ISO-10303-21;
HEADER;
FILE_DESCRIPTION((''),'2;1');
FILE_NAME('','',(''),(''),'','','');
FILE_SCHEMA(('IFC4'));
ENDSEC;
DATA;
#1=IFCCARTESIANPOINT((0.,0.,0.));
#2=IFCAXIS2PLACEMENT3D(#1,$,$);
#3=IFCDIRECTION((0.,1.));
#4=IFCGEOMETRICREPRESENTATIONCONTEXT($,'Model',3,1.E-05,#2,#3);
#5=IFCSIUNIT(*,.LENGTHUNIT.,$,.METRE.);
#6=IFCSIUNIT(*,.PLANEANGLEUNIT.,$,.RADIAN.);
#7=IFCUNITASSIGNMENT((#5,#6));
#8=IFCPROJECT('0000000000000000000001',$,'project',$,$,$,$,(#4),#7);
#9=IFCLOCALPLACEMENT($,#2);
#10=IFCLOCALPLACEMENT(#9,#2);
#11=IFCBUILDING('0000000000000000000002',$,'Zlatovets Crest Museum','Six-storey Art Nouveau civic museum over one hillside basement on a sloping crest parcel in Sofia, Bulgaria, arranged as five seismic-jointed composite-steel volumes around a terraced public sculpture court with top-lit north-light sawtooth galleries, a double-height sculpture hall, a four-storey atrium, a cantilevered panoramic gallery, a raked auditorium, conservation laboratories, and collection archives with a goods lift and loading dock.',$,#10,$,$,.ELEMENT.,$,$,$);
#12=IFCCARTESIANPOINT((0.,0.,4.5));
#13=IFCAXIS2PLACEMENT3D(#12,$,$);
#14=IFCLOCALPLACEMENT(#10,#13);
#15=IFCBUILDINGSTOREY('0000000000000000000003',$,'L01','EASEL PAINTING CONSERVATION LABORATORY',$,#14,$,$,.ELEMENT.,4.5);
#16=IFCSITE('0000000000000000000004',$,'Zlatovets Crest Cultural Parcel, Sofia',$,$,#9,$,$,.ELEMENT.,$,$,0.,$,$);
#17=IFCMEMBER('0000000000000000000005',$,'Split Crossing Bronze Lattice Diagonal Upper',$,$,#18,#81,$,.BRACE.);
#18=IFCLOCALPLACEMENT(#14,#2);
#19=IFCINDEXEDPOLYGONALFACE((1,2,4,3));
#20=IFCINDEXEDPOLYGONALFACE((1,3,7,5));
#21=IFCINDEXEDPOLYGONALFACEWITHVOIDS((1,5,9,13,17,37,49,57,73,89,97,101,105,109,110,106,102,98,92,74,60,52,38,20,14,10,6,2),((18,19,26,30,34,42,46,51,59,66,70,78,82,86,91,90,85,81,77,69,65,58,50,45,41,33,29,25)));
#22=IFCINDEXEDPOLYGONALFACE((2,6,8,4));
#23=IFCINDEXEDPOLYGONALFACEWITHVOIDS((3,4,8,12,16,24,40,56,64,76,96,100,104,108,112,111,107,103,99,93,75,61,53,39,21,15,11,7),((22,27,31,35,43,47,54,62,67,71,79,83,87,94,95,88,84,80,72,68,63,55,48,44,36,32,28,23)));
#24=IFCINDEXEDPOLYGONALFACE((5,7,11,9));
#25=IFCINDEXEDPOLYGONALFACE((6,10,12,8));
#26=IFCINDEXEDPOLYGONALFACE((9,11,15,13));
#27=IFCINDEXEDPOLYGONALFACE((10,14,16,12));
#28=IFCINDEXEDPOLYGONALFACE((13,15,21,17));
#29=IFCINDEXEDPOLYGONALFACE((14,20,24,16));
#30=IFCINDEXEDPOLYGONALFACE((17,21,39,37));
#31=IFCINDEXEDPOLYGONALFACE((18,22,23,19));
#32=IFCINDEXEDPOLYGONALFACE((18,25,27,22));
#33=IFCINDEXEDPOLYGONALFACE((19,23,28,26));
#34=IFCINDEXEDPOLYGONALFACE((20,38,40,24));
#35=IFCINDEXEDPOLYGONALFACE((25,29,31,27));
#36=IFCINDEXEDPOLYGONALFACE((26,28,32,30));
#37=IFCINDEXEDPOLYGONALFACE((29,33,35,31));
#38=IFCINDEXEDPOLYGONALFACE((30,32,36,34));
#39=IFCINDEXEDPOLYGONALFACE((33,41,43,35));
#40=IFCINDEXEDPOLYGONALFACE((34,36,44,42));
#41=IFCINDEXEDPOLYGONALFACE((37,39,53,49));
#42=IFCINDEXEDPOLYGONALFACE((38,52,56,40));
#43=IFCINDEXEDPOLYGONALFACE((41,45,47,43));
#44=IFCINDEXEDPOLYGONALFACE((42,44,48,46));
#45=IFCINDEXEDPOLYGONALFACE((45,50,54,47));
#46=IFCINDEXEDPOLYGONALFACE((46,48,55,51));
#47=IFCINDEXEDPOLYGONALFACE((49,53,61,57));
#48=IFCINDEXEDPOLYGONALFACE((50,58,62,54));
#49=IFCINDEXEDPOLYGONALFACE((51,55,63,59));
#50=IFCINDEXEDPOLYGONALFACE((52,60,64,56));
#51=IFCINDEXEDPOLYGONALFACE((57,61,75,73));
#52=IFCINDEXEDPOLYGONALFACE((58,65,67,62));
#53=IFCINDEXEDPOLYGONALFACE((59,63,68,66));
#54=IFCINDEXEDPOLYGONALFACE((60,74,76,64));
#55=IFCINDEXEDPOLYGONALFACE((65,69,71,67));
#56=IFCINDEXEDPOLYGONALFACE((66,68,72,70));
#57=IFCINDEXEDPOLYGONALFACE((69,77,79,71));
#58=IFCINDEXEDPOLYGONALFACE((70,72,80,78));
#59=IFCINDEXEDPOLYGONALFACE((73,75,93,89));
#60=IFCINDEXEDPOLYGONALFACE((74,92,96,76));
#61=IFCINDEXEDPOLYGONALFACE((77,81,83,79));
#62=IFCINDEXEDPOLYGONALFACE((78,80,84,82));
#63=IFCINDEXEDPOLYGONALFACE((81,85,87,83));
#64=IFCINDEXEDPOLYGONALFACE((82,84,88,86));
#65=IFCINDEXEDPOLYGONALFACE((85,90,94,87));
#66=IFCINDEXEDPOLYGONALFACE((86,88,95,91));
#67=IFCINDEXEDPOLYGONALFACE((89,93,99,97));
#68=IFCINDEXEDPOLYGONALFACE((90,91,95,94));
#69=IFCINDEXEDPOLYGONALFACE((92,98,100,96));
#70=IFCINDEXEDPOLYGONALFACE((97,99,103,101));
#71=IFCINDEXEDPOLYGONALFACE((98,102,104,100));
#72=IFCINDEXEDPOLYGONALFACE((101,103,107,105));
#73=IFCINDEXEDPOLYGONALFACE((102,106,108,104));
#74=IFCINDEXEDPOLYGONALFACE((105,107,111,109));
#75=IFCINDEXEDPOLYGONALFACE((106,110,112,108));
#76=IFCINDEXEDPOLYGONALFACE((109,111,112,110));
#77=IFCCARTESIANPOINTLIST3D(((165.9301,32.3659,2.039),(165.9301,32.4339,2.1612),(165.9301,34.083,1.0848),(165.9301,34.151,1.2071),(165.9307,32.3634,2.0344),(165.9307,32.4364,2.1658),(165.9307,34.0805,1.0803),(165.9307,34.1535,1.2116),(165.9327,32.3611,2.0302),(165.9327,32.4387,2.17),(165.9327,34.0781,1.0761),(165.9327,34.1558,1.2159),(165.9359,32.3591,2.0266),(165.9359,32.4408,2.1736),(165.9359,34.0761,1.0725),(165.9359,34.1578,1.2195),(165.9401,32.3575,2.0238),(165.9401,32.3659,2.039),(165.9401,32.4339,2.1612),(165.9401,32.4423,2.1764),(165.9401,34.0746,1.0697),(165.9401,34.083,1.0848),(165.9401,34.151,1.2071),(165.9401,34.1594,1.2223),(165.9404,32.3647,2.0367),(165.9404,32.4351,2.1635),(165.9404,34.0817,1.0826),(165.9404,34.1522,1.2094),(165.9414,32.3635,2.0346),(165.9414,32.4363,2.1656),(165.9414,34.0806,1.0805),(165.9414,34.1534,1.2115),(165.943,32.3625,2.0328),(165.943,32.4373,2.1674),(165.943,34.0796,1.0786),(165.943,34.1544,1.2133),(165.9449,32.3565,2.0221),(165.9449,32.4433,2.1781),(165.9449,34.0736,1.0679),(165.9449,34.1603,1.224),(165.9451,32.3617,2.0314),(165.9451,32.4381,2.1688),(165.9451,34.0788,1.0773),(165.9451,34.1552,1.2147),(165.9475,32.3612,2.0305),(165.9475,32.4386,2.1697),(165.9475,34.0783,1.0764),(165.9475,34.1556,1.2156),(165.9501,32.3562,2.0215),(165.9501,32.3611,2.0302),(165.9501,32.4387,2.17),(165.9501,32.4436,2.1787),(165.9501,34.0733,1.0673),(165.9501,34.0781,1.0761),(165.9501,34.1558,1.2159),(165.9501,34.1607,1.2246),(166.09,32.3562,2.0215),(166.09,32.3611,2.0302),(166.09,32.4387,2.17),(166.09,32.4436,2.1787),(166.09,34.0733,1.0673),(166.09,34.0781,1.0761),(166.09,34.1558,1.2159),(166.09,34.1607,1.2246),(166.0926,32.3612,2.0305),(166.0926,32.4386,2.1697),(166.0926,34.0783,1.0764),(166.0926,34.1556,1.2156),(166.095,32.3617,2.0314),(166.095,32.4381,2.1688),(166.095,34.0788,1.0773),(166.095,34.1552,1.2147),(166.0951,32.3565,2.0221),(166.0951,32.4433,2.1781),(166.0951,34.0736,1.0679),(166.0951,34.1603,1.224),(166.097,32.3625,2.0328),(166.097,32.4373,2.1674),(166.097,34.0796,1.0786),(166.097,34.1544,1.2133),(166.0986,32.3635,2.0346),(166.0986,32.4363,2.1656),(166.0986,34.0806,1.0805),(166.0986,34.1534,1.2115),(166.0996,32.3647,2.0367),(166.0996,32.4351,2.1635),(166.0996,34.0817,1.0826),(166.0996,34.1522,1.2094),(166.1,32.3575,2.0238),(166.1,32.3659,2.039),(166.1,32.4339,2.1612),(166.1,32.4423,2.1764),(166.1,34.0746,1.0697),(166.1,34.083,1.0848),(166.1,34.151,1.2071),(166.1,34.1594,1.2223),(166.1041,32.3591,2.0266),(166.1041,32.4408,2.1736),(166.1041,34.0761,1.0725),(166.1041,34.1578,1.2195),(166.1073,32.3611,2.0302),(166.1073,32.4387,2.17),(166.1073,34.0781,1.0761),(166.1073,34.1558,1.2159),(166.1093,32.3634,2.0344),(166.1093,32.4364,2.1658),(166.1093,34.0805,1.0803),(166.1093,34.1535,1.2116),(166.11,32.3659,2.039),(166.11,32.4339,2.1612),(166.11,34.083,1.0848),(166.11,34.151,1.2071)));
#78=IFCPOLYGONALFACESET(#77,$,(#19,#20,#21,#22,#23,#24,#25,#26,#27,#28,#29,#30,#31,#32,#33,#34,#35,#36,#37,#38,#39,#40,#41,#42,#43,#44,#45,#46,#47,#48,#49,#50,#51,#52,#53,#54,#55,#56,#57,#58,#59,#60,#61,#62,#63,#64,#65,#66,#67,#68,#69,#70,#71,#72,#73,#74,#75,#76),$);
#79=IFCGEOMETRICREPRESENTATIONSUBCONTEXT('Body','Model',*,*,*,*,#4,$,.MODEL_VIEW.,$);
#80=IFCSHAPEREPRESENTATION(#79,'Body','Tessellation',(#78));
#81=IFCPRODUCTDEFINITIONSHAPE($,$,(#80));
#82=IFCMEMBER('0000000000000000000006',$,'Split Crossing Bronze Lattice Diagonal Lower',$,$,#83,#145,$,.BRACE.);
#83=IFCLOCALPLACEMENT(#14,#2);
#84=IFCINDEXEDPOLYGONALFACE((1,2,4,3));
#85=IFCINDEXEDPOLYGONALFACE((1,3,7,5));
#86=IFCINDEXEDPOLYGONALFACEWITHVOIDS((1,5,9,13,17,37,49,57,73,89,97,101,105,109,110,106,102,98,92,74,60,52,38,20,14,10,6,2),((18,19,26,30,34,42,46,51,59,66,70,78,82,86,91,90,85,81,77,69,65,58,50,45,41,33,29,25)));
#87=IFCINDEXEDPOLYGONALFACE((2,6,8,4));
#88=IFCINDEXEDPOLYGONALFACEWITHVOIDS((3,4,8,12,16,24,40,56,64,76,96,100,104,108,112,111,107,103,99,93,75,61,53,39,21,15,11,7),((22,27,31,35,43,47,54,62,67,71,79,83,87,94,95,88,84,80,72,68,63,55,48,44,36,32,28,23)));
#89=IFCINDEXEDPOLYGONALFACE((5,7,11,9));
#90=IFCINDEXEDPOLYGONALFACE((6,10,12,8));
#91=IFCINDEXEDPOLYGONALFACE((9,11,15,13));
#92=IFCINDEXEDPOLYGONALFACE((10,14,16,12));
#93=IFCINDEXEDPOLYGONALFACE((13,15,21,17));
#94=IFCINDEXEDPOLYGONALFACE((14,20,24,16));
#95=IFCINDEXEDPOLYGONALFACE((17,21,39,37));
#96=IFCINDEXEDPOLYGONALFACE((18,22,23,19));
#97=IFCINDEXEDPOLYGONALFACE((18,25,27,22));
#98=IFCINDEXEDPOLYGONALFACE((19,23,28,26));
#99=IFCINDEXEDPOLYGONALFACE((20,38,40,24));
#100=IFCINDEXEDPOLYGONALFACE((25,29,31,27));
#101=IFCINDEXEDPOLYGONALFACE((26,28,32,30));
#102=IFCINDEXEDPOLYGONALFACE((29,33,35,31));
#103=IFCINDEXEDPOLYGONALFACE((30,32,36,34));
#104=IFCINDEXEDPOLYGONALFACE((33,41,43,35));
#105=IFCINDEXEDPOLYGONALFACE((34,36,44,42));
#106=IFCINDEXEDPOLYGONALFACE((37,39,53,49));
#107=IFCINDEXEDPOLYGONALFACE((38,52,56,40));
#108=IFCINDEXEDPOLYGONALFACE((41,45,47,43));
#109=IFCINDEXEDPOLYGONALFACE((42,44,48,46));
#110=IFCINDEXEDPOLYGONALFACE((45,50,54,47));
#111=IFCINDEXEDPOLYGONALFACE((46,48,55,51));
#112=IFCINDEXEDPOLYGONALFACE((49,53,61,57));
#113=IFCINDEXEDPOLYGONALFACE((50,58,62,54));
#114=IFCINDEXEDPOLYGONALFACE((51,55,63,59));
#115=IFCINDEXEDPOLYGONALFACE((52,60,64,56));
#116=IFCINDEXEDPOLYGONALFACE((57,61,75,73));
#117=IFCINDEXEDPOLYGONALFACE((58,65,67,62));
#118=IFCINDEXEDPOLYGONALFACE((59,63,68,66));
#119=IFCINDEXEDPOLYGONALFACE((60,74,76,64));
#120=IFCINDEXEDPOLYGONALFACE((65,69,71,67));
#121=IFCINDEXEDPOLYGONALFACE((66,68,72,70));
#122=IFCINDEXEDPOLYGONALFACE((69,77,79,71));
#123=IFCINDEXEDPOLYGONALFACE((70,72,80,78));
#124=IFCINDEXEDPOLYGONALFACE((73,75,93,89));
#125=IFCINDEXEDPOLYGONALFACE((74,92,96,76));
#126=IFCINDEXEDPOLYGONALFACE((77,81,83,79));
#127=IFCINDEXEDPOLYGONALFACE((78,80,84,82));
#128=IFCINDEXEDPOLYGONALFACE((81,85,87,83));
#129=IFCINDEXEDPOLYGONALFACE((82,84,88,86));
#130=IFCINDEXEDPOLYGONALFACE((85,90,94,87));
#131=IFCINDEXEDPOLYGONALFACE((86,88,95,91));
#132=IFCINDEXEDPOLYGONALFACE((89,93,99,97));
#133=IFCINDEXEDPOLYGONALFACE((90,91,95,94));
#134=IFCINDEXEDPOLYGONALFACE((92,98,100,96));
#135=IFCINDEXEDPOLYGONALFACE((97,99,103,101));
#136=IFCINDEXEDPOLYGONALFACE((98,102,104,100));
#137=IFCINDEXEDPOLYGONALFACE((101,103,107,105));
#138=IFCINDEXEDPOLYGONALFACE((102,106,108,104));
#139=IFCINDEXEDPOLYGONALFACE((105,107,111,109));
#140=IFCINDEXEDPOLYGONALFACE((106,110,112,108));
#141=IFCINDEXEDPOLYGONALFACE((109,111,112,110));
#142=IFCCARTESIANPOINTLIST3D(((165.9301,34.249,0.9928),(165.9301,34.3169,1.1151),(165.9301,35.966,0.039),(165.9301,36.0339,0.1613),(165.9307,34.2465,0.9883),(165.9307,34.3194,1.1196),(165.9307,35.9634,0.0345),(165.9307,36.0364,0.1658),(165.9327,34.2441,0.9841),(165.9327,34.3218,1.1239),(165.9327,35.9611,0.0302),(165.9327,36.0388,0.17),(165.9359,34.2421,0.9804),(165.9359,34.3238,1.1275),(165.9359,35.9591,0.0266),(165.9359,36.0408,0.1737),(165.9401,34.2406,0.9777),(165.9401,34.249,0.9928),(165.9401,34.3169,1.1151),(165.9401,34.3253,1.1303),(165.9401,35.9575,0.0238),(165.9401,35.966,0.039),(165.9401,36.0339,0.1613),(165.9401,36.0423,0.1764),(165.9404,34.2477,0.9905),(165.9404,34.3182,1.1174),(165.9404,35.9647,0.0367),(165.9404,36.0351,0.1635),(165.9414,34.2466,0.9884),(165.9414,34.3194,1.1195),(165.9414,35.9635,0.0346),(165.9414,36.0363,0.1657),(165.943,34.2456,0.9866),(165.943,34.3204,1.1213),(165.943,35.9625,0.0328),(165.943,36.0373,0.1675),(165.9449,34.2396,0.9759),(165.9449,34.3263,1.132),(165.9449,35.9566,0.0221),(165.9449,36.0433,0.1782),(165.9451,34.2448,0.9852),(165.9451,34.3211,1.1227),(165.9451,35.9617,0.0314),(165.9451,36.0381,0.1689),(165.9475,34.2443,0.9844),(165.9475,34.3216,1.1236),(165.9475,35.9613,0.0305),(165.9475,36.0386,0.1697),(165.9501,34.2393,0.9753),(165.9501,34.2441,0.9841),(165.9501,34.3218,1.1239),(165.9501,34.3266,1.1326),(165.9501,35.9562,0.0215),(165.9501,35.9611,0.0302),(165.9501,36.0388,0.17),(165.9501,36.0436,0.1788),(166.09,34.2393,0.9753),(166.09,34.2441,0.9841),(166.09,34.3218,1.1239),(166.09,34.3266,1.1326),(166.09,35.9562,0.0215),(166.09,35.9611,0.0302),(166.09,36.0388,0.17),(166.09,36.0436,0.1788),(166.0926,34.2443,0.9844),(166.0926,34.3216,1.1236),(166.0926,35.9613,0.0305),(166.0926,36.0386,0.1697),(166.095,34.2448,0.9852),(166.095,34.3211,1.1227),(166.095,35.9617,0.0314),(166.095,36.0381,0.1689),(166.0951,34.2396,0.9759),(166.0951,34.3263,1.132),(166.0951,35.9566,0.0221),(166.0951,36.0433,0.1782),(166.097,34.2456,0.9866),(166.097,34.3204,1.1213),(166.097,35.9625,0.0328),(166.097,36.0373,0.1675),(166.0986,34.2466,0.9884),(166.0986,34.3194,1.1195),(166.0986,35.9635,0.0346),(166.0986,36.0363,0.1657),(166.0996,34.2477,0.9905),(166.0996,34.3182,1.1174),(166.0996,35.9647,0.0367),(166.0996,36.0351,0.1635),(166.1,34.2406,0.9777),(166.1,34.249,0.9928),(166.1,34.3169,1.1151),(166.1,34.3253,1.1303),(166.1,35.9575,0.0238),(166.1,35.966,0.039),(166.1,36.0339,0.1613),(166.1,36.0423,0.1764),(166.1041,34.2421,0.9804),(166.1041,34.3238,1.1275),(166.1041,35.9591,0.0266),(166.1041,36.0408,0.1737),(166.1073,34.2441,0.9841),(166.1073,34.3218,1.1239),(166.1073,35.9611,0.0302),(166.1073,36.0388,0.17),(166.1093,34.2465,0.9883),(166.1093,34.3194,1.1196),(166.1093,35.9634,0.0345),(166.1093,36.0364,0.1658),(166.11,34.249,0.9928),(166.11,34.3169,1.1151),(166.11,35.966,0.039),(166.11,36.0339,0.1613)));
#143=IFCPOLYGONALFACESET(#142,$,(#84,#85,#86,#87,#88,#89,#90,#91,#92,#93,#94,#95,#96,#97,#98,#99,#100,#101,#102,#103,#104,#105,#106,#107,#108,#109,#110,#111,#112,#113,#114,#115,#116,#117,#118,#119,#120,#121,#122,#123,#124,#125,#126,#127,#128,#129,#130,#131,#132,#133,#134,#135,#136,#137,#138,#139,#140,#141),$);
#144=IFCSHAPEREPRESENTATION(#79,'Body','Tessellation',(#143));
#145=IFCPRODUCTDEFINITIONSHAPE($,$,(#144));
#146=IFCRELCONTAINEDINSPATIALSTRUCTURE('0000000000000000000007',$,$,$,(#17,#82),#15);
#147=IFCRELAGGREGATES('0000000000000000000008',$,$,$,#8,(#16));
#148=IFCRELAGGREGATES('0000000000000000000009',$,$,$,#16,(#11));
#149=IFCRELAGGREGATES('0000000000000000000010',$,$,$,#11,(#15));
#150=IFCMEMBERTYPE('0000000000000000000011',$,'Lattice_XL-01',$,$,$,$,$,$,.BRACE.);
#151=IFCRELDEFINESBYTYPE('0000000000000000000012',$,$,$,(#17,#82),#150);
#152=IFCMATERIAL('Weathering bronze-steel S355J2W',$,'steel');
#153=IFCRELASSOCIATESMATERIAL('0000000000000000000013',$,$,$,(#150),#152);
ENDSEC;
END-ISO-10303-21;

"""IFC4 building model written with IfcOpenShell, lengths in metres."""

from ifc_helpers import new_model, si_unit, direction, frame, origin, origin_2d, place, context, subcontext, project, spatial, hollow_rectangle, extrude, material, material_profile, profile_set, type_object, element, save


model = new_model("IFC4")

# Units and contexts
model_context = context("Model", 3, precision=1e-05, world=origin(), true_north=direction((0.0, 1.0)))
body_context = subcontext(model_context, "Body", "Model", "MODEL_VIEW")
ifc_project = project(units=[si_unit("LENGTHUNIT", "METRE"), si_unit("PLANEANGLEUNIT", "RADIAN")], contexts=[model_context])

# Site, building, storey
site_placement = place(None, origin())
site = spatial("IfcSite", under=ifc_project, at=site_placement, Name="Zlatovets Crest Cultural Parcel, Sofia", CompositionType="ELEMENT", RefElevation=0.0)
building_placement = place(site_placement, origin())
building = spatial("IfcBuilding", under=site, at=building_placement, Name="Zlatovets Crest Museum", Description="Six-storey Art Nouveau civic museum over one hillside basement on a sloping crest parcel in Sofia, Bulgaria, arranged as five seismic-jointed composite-steel volumes around a terraced public sculpture court with top-lit north-light sawtooth galleries, a double-height sculpture hall, a four-storey atrium, a cantilevered panoramic gallery, a raked auditorium, conservation laboratories, and collection archives with a goods lift and loading dock.", CompositionType="ELEMENT")
storey_placement = place(building_placement, frame((0.0, 0.0, 4.5)))
storey = spatial("IfcBuildingStorey", under=building, at=storey_placement, Name="L01", Description="EASEL PAINTING CONSERVATION LABORATORY", CompositionType="ELEMENT", Elevation=4.5)

# Members
ifc_material_1 = material(Name="Weathering bronze-steel S355J2W", Category="steel")
ifc_material_profile_1 = material_profile(ifc_material_1, hollow_rectangle(XDim=0.1799, YDim=0.1799, WallThickness=0.01, InnerFilletRadius=0.01, OuterFilletRadius=0.02, at=origin_2d()), Name="SHS 180x180x10.0")
ifc_profile_set_1 = profile_set([ifc_material_profile_1], Name="Weathering bronze-steel S355J2W")
member_type_1 = type_object("IfcMemberType", Name="Lattice_XL-01", PredefinedType="BRACE", material=ifc_profile_set_1)
member_1_placement = place(storey_placement, frame((166.02, 32.3999, 2.1001), z_axis=(0.0, 0.874116, -0.485717), x_axis=(-1.0, 0.0, 0.0)))
element("IfcMember", 1, at=member_1_placement, inside=storey, type_object=member_type_1, Name="Split Crossing Bronze Lattice Diagonal Upper", PredefinedType="BRACE", context=body_context, shape_type="SweptSolid", body=[
    extrude(hollow_rectangle(XDim=0.1799, YDim=0.1799, WallThickness=0.01, InnerFilletRadius=0.01, OuterFilletRadius=0.02, at=origin_2d()), origin(), (0.0, 0.0, 1.0), 1.9644),
])
member_2_placement = place(storey_placement, frame((166.02, 34.283, 1.054), z_axis=(0.0, 0.874169, -0.485622), x_axis=(-1.0, 0.0, 0.0)))
element("IfcMember", 2, at=member_2_placement, inside=storey, type_object=member_type_1, Name="Split Crossing Bronze Lattice Diagonal Lower", PredefinedType="BRACE", context=body_context, shape_type="SweptSolid", body=[
    extrude(hollow_rectangle(XDim=0.1799, YDim=0.1799, WallThickness=0.01, InnerFilletRadius=0.01, OuterFilletRadius=0.02, at=origin_2d()), origin(), (0.0, 0.0, 1.0), 1.9641),
])

save(model, "model.ifc")
